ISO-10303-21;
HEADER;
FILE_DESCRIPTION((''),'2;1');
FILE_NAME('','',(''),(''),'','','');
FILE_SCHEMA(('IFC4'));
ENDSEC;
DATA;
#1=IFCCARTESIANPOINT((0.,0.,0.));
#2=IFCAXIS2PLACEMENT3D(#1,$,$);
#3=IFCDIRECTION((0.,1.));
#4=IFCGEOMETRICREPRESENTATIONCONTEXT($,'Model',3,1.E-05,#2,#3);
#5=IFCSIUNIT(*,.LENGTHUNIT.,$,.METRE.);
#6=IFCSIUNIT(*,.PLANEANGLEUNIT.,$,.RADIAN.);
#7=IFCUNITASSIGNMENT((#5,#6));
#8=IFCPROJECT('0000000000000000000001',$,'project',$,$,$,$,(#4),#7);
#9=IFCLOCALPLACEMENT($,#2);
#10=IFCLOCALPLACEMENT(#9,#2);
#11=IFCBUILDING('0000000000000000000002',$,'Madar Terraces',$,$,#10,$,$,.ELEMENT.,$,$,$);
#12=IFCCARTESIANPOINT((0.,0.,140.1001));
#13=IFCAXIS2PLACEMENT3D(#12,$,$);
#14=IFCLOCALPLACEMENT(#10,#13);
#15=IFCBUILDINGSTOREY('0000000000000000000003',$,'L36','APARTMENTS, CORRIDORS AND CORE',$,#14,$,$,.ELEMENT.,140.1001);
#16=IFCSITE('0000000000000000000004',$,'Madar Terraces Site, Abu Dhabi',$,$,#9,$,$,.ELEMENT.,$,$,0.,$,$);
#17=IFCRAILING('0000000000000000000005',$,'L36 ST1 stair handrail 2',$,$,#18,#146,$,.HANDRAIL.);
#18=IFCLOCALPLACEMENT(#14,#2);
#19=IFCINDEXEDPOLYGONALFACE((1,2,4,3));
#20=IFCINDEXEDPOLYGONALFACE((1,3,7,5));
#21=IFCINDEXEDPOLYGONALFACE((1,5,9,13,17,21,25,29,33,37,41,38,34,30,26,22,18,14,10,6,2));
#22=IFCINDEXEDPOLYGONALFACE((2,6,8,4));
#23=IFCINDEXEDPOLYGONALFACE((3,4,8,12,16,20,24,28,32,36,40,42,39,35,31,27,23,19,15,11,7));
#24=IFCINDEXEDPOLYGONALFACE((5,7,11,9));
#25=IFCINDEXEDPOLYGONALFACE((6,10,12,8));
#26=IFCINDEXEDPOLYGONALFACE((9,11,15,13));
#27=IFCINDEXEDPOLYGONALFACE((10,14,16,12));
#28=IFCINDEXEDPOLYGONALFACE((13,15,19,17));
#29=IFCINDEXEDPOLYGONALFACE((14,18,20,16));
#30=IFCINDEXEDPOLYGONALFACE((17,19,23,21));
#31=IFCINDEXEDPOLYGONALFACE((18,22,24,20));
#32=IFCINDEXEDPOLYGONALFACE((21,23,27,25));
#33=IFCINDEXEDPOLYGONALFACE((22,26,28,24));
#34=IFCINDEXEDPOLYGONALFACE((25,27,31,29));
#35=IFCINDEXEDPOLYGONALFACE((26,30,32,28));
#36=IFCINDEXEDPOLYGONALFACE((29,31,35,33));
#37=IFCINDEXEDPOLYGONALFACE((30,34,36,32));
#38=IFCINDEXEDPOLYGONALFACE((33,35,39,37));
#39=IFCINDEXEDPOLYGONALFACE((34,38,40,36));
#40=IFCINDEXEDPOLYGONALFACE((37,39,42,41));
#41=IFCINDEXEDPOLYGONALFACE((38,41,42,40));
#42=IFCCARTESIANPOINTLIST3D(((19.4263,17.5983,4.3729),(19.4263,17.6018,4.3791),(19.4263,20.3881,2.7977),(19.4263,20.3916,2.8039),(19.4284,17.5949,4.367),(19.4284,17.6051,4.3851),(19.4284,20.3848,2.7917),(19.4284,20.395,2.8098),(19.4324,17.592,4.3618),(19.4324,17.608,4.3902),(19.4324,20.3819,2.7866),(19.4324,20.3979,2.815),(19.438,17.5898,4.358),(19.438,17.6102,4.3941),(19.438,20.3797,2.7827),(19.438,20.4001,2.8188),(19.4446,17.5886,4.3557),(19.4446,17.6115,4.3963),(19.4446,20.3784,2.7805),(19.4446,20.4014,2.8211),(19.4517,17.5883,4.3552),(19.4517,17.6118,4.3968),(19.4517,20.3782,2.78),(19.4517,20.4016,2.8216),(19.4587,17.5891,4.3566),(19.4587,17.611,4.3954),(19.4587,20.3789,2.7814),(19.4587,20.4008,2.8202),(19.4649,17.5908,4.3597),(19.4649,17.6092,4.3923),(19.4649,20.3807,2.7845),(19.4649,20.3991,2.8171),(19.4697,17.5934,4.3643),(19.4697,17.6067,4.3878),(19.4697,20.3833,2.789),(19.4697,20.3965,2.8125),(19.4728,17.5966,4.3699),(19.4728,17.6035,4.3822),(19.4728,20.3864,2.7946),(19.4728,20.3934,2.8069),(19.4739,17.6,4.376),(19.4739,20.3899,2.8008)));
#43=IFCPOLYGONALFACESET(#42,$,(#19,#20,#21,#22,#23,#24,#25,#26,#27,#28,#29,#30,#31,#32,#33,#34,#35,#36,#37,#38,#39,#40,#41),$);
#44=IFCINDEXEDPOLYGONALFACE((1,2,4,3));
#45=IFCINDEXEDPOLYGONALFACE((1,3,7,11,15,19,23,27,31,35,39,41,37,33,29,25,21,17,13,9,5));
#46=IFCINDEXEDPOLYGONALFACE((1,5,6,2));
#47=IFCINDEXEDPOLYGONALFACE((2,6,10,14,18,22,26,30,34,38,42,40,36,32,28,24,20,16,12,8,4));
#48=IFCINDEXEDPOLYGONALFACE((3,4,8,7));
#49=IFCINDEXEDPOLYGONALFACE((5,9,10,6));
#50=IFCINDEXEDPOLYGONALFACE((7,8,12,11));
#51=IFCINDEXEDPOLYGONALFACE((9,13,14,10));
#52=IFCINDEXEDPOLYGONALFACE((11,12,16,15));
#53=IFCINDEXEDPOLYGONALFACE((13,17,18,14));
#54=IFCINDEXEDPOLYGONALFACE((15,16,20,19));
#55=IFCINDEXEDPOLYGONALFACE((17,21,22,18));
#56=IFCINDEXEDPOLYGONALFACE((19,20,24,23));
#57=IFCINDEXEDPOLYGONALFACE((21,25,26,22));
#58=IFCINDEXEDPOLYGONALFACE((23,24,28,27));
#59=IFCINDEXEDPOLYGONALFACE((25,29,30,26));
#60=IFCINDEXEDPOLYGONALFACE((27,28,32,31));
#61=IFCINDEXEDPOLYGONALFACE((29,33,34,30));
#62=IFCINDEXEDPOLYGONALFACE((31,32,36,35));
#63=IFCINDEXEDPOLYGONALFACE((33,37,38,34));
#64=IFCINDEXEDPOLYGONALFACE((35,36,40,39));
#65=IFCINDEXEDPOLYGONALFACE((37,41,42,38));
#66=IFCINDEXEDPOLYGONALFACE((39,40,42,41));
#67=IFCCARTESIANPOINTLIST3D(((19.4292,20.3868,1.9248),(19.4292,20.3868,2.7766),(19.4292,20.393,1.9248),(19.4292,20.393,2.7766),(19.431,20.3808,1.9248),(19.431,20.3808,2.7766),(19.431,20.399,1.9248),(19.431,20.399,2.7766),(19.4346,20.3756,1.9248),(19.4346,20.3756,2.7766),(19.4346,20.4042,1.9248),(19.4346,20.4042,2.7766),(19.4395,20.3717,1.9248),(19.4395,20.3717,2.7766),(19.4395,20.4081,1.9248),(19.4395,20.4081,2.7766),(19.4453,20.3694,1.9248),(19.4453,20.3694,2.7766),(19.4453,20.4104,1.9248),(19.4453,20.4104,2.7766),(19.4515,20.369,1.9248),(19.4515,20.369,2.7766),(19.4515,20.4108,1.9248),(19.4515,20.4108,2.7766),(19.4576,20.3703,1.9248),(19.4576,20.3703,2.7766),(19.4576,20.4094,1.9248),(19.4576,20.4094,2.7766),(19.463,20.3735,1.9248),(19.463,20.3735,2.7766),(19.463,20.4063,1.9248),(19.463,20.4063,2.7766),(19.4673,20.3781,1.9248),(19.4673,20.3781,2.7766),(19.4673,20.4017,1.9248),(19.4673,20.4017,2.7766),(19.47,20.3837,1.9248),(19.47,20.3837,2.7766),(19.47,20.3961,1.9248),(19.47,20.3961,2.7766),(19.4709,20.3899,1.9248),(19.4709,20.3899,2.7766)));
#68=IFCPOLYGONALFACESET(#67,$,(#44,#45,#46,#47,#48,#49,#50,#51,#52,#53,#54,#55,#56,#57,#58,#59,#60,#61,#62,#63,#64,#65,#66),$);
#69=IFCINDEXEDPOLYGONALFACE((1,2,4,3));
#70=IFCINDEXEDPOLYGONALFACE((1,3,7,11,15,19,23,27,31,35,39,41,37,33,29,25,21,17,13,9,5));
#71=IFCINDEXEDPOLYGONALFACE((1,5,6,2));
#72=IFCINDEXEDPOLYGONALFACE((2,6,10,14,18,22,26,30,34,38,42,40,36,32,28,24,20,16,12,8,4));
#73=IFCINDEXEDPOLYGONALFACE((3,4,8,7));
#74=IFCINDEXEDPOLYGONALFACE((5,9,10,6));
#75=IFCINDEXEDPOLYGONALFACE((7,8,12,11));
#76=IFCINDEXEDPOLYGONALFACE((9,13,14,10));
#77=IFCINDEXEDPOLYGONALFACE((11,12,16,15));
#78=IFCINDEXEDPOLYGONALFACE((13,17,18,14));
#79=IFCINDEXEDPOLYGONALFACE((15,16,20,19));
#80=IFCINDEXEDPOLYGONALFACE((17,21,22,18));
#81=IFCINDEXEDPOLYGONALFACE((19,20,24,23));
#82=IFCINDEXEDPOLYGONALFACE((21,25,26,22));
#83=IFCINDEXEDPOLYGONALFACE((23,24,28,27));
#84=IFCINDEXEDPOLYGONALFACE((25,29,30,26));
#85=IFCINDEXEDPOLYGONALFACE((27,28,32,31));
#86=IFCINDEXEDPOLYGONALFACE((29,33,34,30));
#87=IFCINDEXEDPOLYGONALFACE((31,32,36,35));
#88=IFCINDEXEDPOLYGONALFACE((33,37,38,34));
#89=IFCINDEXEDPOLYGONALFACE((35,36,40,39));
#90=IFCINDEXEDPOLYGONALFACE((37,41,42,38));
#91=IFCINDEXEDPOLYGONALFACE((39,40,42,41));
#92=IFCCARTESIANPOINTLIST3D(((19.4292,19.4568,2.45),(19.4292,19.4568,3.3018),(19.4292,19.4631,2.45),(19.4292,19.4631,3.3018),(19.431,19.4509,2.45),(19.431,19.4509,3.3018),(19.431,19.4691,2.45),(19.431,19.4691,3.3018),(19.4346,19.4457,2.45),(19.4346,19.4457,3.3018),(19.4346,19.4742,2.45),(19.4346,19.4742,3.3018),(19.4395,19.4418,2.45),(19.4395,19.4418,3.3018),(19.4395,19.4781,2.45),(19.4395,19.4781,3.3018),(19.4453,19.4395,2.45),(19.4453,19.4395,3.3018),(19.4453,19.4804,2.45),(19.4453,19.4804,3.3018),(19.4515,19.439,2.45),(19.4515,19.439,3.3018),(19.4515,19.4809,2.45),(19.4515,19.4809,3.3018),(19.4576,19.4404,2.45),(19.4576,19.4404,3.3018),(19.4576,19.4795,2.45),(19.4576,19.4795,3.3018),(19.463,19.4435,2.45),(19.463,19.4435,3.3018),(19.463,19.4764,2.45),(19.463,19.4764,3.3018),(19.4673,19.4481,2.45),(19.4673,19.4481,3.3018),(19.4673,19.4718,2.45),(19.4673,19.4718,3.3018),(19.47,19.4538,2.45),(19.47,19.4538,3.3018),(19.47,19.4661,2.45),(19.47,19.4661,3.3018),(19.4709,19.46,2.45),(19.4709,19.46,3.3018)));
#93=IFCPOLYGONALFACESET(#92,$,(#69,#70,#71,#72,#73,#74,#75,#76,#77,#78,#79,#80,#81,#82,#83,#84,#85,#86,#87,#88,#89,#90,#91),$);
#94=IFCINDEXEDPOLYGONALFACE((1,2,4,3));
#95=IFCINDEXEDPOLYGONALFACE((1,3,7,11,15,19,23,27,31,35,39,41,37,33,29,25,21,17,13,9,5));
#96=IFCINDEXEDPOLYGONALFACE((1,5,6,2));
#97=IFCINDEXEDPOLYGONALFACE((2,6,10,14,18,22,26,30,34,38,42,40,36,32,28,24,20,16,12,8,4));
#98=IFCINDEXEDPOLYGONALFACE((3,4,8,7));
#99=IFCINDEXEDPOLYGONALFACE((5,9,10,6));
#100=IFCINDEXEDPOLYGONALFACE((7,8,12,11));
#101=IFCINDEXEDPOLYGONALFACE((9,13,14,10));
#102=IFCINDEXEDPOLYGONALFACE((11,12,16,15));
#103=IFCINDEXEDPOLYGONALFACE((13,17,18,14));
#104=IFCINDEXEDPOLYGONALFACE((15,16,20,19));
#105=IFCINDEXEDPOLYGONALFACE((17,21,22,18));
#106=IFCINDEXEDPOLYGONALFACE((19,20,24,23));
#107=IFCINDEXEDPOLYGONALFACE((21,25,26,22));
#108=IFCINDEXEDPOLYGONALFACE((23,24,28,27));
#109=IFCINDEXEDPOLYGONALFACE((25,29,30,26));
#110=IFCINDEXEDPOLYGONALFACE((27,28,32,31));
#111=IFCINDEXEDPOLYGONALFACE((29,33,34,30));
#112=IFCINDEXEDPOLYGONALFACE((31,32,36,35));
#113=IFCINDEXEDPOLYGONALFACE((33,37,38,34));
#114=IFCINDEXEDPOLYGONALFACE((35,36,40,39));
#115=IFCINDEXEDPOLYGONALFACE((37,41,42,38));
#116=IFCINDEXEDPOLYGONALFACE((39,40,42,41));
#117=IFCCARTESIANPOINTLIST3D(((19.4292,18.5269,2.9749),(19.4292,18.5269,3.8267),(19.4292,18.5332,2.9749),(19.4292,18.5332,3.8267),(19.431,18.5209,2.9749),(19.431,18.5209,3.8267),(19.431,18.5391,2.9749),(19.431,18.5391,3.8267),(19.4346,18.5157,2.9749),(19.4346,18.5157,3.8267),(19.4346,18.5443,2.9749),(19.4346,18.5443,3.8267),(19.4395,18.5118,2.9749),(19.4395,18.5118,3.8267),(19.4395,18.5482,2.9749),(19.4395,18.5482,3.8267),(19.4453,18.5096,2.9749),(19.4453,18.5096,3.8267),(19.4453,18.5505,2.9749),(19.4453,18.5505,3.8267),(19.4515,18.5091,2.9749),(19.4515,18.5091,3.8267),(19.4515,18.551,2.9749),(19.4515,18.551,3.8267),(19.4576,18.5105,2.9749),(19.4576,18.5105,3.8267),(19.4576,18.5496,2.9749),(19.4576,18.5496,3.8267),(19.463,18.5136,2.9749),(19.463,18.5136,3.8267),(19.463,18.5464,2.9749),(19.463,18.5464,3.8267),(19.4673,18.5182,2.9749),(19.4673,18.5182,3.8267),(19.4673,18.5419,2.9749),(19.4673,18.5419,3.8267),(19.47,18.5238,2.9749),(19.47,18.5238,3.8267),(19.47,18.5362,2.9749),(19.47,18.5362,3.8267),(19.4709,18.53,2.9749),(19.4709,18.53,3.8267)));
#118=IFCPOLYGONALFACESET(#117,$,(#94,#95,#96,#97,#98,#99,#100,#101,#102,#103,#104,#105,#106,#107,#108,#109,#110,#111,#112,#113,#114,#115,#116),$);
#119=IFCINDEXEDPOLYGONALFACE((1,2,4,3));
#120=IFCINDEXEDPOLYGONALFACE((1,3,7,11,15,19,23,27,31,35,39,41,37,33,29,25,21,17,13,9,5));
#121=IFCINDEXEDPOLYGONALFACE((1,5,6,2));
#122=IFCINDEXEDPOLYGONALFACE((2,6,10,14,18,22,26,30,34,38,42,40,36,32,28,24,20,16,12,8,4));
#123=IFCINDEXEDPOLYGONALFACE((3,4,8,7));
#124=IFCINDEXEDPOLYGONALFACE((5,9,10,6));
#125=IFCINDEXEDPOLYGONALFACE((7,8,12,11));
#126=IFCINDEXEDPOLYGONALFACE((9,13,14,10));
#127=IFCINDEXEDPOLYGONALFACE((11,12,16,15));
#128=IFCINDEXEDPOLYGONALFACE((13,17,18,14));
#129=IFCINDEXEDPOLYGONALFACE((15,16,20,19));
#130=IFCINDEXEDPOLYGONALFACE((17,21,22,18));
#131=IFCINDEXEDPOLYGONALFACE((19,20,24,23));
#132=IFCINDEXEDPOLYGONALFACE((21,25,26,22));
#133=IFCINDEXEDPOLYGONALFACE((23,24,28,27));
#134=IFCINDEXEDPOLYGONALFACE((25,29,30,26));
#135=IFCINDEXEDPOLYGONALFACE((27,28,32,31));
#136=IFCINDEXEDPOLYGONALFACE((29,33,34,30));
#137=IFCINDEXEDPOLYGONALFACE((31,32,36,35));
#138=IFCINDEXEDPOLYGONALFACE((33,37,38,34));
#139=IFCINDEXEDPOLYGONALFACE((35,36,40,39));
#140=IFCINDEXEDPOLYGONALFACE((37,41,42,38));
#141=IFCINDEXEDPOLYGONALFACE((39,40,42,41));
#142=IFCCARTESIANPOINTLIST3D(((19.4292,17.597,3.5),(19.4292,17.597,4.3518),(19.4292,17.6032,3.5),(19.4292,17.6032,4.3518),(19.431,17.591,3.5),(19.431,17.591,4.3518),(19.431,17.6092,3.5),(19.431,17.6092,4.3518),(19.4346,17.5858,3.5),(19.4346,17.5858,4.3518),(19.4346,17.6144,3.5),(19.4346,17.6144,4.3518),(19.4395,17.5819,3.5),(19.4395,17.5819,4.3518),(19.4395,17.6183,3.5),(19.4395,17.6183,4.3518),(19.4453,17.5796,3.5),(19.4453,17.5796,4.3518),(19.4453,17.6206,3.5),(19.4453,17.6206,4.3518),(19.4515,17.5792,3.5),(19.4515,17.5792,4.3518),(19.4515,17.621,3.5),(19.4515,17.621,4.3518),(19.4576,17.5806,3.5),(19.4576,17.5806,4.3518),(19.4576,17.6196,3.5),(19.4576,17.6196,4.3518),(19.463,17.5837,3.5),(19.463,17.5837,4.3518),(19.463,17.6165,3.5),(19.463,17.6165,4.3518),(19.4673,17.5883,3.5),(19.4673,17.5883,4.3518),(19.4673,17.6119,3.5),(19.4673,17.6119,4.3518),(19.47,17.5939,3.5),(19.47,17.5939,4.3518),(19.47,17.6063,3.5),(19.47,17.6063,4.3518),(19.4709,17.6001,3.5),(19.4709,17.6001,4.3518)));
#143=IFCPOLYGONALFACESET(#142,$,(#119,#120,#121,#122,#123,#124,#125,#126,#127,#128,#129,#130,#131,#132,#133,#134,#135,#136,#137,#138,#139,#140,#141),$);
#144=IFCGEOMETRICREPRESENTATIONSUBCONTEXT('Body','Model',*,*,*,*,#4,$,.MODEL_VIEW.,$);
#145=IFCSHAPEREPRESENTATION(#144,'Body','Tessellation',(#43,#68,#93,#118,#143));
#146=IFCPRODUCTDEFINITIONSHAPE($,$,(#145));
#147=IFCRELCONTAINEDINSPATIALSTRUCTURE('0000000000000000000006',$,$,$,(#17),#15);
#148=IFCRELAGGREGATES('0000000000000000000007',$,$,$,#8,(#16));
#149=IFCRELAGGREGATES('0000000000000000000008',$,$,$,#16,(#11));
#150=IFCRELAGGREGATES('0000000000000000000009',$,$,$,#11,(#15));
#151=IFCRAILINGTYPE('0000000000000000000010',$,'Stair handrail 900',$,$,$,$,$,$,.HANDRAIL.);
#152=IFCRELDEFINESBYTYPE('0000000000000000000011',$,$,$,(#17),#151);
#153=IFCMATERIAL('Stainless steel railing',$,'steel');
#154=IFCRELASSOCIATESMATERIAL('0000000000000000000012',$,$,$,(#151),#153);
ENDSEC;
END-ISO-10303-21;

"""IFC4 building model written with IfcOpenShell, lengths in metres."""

from ifc_helpers import new_model, si_unit, direction, frame, origin, origin_2d, place, context, subcontext, project, spatial, circle, extrude, material, type_object, element, save


model = new_model("IFC4")

# Units and contexts
model_context = context("Model", 3, precision=1e-05, world=origin(), true_north=direction((0.0, 1.0)))
body_context = subcontext(model_context, "Body", "Model", "MODEL_VIEW")
ifc_project = project(units=[si_unit("LENGTHUNIT", "METRE"), si_unit("PLANEANGLEUNIT", "RADIAN")], contexts=[model_context])

# Site, building, storey
site_placement = place(None, origin())
site = spatial("IfcSite", under=ifc_project, at=site_placement, Name="Madar Terraces Site, Abu Dhabi", CompositionType="ELEMENT", RefElevation=0.0)
building_placement = place(site_placement, origin())
building = spatial("IfcBuilding", under=site, at=building_placement, Name="Madar Terraces", CompositionType="ELEMENT")
storey_placement = place(building_placement, frame((0.0, 0.0, 140.1001)))
storey = spatial("IfcBuildingStorey", under=building, at=storey_placement, Name="L36", Description="APARTMENTS, CORRIDORS AND CORE", CompositionType="ELEMENT", Elevation=140.1001)

# Railing
ifc_material_1 = material(Name="Stainless steel railing", Category="steel")
railing_type_1 = type_object("IfcRailingType", Name="Stair handrail 900", PredefinedType="HANDRAIL", material=ifc_material_1)
railing_1_placement = place(storey_placement, frame((19.45, 20.3899, 1.9248)))
element("IfcRailing", 1, at=railing_1_placement, inside=storey, type_object=railing_type_1, Name="L36 ST1 stair handrail 2", PredefinedType="HANDRAIL", context=body_context, shape_type="SweptSolid", body=[
    extrude(circle(Radius=0.0239, at=origin_2d()), frame((0.0, 0.0, 0.876), z_axis=(0.0, -0.870783, 0.491668), x_axis=(1.0, 0.0, 0.0)), (0.0, 0.0, 1.0), 3.2039),
    extrude(circle(Radius=0.021, at=origin_2d()), origin(), (0.0, 0.0, 1.0), 0.8518),
    extrude(circle(Radius=0.021, at=origin_2d()), frame((0.0, -0.9299, 0.5251)), (0.0, 0.0, 1.0), 0.8518),
    extrude(circle(Radius=0.021, at=origin_2d()), frame((0.0, -1.8599, 1.05)), (0.0, 0.0, 1.0), 0.8518),
    extrude(circle(Radius=0.021, at=origin_2d()), frame((0.0, -2.7898, 1.5752)), (0.0, 0.0, 1.0), 0.8518),
])

save(model, "model.ifc")
